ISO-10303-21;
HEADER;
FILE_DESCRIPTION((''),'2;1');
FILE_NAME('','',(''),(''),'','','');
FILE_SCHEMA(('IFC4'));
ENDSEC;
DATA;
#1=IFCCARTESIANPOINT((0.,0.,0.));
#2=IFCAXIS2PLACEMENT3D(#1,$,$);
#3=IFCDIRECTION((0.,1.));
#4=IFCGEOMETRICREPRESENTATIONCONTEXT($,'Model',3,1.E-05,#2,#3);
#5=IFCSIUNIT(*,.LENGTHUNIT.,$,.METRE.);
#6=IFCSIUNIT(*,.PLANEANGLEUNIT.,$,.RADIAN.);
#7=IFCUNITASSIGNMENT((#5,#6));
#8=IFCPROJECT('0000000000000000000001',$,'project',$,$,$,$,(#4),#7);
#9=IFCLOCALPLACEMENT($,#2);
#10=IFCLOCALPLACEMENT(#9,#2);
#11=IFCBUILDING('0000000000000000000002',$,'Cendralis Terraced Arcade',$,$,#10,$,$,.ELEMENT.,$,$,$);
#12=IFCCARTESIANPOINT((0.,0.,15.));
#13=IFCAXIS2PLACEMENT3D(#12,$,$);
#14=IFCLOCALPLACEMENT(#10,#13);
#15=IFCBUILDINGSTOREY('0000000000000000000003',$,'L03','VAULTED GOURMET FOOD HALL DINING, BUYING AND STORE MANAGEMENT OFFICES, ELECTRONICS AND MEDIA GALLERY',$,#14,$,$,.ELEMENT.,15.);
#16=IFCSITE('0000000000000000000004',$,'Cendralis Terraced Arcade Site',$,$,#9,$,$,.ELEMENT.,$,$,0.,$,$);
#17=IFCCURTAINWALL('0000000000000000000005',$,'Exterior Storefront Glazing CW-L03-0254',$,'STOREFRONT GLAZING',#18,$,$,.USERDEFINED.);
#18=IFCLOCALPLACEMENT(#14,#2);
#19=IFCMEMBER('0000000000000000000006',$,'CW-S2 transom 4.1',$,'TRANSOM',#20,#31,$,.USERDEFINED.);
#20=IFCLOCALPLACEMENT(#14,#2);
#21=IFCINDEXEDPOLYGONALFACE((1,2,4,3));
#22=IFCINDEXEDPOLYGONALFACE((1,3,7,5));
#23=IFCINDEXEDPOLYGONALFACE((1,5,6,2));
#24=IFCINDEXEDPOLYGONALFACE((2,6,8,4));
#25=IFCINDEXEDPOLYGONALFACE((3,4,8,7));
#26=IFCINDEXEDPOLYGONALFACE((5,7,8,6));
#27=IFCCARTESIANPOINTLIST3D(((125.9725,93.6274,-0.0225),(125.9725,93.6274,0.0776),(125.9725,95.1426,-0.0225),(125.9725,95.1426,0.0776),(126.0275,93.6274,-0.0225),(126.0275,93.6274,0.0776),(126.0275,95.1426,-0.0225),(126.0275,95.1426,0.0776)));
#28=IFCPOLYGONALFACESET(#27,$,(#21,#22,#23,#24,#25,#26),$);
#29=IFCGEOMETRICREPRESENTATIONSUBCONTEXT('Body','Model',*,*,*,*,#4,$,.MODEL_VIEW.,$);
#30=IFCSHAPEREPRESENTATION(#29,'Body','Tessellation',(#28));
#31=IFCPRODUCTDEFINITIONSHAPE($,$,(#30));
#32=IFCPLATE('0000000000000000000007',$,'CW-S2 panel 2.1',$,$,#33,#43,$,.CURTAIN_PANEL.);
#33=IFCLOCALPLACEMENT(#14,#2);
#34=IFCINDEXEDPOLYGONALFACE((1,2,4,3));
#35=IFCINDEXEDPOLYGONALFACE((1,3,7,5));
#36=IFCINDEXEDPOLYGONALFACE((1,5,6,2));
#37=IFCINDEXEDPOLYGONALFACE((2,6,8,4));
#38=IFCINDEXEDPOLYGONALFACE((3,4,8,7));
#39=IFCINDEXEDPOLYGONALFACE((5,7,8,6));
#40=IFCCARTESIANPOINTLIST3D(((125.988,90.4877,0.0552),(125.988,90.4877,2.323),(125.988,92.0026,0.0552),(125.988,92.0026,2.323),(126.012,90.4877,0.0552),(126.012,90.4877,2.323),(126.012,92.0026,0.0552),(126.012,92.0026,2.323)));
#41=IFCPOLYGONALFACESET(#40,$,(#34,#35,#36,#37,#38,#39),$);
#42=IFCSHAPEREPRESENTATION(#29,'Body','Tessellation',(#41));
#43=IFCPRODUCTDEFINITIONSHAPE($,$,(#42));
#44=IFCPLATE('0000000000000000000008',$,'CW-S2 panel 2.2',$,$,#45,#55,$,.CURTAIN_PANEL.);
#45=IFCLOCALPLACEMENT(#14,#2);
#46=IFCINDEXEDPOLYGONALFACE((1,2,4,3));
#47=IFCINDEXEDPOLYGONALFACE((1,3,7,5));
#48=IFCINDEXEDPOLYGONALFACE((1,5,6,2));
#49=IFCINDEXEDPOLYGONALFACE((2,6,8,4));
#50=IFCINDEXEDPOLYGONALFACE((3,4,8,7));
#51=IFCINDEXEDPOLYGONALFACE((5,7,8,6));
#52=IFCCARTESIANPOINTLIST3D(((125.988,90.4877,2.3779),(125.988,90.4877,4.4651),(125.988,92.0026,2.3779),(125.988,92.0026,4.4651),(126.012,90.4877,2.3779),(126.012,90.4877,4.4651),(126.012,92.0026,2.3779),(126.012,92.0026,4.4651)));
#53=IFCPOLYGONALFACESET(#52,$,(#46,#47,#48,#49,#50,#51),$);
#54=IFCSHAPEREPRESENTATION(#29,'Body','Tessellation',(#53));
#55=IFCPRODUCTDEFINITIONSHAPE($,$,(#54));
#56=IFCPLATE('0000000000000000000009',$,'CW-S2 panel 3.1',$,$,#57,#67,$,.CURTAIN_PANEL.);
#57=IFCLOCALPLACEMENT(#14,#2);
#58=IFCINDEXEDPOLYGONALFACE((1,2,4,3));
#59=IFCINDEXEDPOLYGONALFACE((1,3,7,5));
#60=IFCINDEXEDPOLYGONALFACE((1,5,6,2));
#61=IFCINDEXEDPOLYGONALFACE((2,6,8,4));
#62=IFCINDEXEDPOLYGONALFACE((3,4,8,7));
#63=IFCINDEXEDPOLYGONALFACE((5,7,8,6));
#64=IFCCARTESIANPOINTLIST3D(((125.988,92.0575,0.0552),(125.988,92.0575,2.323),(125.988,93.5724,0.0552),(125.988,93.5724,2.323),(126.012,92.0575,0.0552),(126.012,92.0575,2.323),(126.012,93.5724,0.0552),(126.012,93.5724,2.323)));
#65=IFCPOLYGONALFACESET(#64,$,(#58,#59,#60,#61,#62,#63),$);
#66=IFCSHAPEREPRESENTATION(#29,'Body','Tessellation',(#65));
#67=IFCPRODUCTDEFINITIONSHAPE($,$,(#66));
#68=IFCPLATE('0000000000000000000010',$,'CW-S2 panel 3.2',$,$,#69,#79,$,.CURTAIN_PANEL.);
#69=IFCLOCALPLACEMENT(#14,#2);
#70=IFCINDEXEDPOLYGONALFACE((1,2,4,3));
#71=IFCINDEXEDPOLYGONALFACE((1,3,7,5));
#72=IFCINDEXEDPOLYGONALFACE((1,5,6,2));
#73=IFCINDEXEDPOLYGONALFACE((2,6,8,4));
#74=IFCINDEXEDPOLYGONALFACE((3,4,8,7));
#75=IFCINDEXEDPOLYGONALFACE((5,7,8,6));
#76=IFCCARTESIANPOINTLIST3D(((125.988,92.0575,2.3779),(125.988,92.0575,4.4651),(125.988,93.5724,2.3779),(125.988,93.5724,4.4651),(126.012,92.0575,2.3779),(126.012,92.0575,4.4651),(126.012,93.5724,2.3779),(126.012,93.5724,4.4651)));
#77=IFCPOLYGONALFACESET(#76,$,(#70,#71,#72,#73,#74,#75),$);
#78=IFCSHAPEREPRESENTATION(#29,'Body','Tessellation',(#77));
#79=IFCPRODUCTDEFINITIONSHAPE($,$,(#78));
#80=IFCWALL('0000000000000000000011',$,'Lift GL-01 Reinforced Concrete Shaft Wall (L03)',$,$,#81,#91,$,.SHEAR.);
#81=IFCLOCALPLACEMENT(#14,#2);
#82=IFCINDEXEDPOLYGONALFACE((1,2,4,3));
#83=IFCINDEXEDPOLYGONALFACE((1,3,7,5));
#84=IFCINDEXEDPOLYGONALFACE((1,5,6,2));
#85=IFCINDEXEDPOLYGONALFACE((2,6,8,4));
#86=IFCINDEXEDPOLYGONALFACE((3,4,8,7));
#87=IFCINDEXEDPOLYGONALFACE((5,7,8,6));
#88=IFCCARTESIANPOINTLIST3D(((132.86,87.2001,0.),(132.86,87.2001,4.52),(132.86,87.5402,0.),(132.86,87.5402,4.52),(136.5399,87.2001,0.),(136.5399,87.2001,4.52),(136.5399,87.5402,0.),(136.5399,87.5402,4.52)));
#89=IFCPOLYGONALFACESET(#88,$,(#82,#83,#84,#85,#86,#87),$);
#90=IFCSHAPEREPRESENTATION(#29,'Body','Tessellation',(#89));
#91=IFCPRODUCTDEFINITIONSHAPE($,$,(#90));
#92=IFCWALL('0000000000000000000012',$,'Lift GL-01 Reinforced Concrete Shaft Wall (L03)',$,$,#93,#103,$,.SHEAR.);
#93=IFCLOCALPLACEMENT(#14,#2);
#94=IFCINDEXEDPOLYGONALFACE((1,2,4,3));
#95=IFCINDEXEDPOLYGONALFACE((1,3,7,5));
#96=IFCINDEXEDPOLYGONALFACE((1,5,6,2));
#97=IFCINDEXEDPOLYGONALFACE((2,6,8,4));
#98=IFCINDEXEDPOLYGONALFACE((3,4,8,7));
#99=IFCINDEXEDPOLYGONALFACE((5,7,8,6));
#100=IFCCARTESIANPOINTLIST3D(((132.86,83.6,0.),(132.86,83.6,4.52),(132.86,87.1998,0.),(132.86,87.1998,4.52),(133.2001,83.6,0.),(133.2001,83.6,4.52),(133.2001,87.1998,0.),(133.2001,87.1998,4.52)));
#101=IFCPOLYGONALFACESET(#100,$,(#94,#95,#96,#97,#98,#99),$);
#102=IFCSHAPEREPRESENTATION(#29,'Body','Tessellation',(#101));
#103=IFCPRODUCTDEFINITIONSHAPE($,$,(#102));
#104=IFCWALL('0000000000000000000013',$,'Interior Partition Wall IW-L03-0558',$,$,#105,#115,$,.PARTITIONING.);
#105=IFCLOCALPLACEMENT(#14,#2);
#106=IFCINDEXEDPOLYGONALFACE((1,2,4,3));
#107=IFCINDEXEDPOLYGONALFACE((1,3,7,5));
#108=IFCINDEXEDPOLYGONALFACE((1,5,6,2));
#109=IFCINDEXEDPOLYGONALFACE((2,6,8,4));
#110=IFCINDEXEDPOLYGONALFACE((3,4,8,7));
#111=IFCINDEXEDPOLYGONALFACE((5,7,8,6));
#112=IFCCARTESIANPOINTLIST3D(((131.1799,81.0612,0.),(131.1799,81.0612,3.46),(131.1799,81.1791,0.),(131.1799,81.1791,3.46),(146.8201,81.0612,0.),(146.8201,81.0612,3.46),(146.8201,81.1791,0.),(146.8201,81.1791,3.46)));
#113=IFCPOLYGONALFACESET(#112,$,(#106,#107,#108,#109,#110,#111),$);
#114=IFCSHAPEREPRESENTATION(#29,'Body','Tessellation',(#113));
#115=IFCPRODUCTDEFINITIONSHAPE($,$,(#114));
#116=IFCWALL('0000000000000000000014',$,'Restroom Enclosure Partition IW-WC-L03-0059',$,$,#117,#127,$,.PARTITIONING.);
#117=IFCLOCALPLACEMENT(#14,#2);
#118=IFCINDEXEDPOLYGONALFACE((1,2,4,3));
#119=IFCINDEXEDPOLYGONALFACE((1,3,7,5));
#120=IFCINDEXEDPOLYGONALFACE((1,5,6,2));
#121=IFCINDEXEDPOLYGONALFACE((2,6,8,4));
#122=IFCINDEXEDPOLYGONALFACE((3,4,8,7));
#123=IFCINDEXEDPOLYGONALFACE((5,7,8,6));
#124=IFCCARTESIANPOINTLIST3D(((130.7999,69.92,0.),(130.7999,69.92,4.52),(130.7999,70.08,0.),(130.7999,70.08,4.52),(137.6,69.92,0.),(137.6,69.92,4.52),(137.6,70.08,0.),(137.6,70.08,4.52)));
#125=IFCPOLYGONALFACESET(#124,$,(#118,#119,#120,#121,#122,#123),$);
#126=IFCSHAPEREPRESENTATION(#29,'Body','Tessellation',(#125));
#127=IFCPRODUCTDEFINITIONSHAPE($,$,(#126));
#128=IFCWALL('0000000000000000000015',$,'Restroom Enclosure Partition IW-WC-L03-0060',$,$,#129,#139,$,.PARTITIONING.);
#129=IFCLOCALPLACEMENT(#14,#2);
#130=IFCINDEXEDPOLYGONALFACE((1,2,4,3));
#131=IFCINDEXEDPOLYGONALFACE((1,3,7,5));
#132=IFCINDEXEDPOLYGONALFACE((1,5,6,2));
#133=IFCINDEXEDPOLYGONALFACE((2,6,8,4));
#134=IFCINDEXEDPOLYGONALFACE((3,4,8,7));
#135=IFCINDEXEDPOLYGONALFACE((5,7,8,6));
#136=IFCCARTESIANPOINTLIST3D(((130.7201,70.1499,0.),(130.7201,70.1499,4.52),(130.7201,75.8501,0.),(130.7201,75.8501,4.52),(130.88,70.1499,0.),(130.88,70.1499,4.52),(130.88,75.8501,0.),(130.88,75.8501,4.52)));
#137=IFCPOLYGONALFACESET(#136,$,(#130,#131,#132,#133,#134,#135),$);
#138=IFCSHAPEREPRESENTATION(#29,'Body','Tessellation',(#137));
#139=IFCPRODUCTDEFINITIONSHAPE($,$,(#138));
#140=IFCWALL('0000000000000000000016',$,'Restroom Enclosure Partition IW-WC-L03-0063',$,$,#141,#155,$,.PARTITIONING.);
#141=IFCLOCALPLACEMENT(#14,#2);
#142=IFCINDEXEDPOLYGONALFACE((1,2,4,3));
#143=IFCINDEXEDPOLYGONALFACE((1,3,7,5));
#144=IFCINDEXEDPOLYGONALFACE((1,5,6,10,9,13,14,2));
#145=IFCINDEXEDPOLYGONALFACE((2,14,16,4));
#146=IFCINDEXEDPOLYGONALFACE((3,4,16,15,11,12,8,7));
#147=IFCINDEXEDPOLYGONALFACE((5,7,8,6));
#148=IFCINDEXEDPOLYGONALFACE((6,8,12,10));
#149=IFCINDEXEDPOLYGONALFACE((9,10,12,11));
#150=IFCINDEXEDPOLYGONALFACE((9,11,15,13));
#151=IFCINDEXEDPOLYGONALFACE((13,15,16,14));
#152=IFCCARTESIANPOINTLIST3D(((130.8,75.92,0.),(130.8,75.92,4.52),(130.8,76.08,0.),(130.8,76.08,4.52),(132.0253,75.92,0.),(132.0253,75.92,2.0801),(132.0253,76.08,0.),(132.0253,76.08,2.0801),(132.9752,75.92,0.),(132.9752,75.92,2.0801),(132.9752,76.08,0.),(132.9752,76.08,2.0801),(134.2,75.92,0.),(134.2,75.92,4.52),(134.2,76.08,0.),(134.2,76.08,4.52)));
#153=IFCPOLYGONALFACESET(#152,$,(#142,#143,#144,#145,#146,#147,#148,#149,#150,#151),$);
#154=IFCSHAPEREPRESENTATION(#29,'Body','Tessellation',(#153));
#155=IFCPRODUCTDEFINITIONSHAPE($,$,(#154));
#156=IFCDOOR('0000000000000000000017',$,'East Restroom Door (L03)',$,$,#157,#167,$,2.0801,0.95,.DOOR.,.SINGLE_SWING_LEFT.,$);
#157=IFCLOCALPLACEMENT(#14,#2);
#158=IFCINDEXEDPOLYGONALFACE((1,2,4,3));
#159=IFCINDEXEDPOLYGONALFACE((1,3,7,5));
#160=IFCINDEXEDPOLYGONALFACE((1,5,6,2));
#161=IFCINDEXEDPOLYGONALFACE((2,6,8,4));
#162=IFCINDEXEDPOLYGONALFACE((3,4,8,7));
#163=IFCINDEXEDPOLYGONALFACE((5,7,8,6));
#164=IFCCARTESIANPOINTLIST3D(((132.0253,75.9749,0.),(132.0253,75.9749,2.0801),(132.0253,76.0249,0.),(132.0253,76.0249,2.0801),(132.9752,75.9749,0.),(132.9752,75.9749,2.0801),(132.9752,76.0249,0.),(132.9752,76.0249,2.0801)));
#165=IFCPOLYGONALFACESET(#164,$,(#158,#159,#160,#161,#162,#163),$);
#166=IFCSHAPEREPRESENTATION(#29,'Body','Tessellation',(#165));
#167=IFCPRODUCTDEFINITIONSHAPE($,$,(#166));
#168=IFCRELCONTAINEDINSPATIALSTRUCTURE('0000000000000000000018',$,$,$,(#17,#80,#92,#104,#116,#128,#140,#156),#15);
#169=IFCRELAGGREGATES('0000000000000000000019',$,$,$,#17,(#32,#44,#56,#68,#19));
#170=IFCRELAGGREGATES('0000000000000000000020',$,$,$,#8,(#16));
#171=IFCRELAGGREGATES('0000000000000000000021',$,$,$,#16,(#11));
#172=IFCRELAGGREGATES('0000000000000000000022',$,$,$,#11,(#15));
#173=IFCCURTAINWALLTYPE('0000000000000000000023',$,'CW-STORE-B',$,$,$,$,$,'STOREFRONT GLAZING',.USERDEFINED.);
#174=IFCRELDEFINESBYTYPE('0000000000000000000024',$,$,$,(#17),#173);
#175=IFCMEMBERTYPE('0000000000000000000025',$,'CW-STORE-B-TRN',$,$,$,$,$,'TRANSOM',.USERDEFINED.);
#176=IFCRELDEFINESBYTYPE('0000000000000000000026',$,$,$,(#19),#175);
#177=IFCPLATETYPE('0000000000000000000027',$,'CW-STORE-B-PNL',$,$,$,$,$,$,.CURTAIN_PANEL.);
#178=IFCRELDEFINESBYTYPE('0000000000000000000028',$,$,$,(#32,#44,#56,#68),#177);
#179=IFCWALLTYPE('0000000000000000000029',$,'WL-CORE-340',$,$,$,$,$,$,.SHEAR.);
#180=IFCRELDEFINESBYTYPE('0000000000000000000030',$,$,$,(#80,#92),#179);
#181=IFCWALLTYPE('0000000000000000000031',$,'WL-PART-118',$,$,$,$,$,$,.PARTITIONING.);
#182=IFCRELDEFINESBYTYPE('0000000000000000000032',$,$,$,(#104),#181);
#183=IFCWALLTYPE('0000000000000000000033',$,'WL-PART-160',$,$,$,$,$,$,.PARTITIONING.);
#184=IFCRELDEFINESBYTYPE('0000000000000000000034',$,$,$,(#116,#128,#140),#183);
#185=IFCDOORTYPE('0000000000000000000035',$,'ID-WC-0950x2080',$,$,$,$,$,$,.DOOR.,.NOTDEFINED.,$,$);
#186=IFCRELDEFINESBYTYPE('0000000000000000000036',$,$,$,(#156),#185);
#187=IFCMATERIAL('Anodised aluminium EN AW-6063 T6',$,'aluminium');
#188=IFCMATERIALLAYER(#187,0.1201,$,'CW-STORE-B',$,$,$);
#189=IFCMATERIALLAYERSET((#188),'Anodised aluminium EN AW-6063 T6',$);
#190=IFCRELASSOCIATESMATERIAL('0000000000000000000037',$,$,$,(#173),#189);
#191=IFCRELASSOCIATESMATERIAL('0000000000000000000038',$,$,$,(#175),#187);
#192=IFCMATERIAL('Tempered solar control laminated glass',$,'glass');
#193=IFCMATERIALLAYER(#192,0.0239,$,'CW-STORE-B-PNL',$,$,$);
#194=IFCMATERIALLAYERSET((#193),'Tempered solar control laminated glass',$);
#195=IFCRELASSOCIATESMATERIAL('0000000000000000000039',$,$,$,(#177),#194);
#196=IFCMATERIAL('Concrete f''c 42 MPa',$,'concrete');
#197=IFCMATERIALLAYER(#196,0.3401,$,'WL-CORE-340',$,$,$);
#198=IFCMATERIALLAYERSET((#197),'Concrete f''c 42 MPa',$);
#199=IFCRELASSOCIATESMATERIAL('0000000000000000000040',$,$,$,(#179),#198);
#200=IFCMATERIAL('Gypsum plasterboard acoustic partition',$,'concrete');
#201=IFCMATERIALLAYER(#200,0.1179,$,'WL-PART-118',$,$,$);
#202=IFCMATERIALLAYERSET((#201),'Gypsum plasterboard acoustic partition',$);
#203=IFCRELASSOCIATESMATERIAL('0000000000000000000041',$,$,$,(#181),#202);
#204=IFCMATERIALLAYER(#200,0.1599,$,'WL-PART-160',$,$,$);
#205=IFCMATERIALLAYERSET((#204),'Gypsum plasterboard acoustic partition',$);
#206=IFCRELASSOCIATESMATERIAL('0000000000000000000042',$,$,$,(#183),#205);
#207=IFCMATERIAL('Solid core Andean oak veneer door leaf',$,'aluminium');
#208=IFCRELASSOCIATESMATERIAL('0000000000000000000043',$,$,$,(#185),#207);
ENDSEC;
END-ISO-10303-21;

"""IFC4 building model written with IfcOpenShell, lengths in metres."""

from ifc_helpers import new_model, si_unit, direction, frame, frame_2d, origin, origin_2d, place, context, subcontext, project, spatial, rectangle, extrude, material, layer, layer_set, material_profile, profile_set, type_object, element, fill, aggregate, save


model = new_model("IFC4")

# Units and contexts
model_context = context("Model", 3, precision=1e-05, world=origin(), true_north=direction((0.0, 1.0)))
body_context = subcontext(model_context, "Body", "Model", "MODEL_VIEW")
ifc_project = project(units=[si_unit("LENGTHUNIT", "METRE"), si_unit("PLANEANGLEUNIT", "RADIAN")], contexts=[model_context])

# Site, building, storey
site_placement = place(None, origin())
site = spatial("IfcSite", under=ifc_project, at=site_placement, Name="Cendralis Terraced Arcade Site", CompositionType="ELEMENT", RefElevation=0.0)
building_placement = place(site_placement, origin())
building = spatial("IfcBuilding", under=site, at=building_placement, Name="Cendralis Terraced Arcade", CompositionType="ELEMENT")
storey_placement = place(building_placement, frame((0.0, 0.0, 15.0)))
storey = spatial("IfcBuildingStorey", under=building, at=storey_placement, Name="L03", Description="VAULTED GOURMET FOOD HALL DINING, BUYING AND STORE MANAGEMENT OFFICES, ELECTRONICS AND MEDIA GALLERY", CompositionType="ELEMENT", Elevation=15.0)

# Shared definitions
ifc_material_1 = material(Name="Concrete f'c 42 MPa", Category="concrete")

# Shared definitions
ifc_material_2 = material(Name="Anodised aluminium EN AW-6063 T6", Category="aluminium")
ifc_layer_1 = layer(ifc_material_2, 0.1201, Name="CW-STORE-B")
ifc_layer_set_1 = layer_set([ifc_layer_1], Name="Anodised aluminium EN AW-6063 T6")
curtain_wall_type = type_object("IfcCurtainWallType", Name="CW-STORE-B", ElementType="STOREFRONT GLAZING", PredefinedType="USERDEFINED", material=ifc_layer_set_1)

# Curtain wall, member, plates
curtain_wall_1_placement = place(storey_placement, origin())
curtain_wall_1 = element("IfcCurtainWall", 1, at=curtain_wall_1_placement, inside=storey, type_object=curtain_wall_type, Name="Exterior Storefront Glazing CW-L03-0254", ObjectType="STOREFRONT GLAZING", PredefinedType="USERDEFINED")
ifc_material_profile_1 = material_profile(ifc_material_2, rectangle(XDim=0.0549, YDim=0.1001, at=origin_2d()), Name="ALU-TRN-55x100")
ifc_profile_set_1 = profile_set([ifc_material_profile_1], Name="Anodised aluminium EN AW-6063 T6")
member_type_1 = type_object("IfcMemberType", Name="CW-STORE-B-TRN", ElementType="TRANSOM", PredefinedType="USERDEFINED", material=ifc_profile_set_1)
member_1_placement = place(storey_placement, frame((126.0, 93.6274, 0.0276), z_axis=(0.0, 1.0, 0.0), x_axis=(-1.0, 0.0, 0.0)))
member_1 = element("IfcMember", 2, at=member_1_placement, type_object=member_type_1, Name="CW-S2 transom 4.1", ObjectType="TRANSOM", PredefinedType="USERDEFINED", context=body_context, shape_type="SweptSolid", body=[
    extrude(rectangle(XDim=0.0549, YDim=0.1001, at=origin_2d()), origin(), (0.0, 0.0, 1.0), 1.5151),
])
ifc_material_3 = material(Name="Tempered solar control laminated glass", Category="glass")
ifc_layer_2 = layer(ifc_material_3, 0.0239, Name="CW-STORE-B-PNL")
ifc_layer_set_2 = layer_set([ifc_layer_2], Name="Tempered solar control laminated glass")
plate_type = type_object("IfcPlateType", Name="CW-STORE-B-PNL", PredefinedType="CURTAIN_PANEL", material=ifc_layer_set_2)
plate_1_placement = place(storey_placement, frame((126.0, 91.2451, 0.0552), z_axis=(0.0, 0.0, 1.0), x_axis=(0.0, 1.0, 0.0)))
plate_1 = element("IfcPlate", 3, at=plate_1_placement, type_object=plate_type, Name="CW-S2 panel 2.1", PredefinedType="CURTAIN_PANEL", context=body_context, shape_type="SweptSolid", body=[
    extrude(rectangle(XDim=1.5149, YDim=0.0239, at=origin_2d()), origin(), (0.0, 0.0, 1.0), 2.2678),
])
plate_2_placement = place(storey_placement, frame((126.0, 91.2451, 2.3779), z_axis=(0.0, 0.0, 1.0), x_axis=(0.0, 1.0, 0.0)))
plate_2 = element("IfcPlate", 4, at=plate_2_placement, type_object=plate_type, Name="CW-S2 panel 2.2", PredefinedType="CURTAIN_PANEL", context=body_context, shape_type="SweptSolid", body=[
    extrude(rectangle(XDim=1.5149, YDim=0.0239, at=origin_2d()), origin(), (0.0, 0.0, 1.0), 2.0872),
])
plate_3_placement = place(storey_placement, frame((126.0, 92.8149, 0.0552), z_axis=(0.0, 0.0, 1.0), x_axis=(0.0, 1.0, 0.0)))
plate_3 = element("IfcPlate", 5, at=plate_3_placement, type_object=plate_type, Name="CW-S2 panel 3.1", PredefinedType="CURTAIN_PANEL", context=body_context, shape_type="SweptSolid", body=[
    extrude(rectangle(XDim=1.5149, YDim=0.0239, at=origin_2d()), origin(), (0.0, 0.0, 1.0), 2.2678),
])
plate_4_placement = place(storey_placement, frame((126.0, 92.8149, 2.3779), z_axis=(0.0, 0.0, 1.0), x_axis=(0.0, 1.0, 0.0)))
plate_4 = element("IfcPlate", 6, at=plate_4_placement, type_object=plate_type, Name="CW-S2 panel 3.2", PredefinedType="CURTAIN_PANEL", context=body_context, shape_type="SweptSolid", body=[
    extrude(rectangle(XDim=1.5149, YDim=0.0239, at=origin_2d()), origin(), (0.0, 0.0, 1.0), 2.0872),
])
aggregate(curtain_wall_1, [plate_1, plate_2, plate_3, plate_4, member_1])

# Shared definitions
ifc_layer_3 = layer(ifc_material_1, 0.3401, Name="WL-CORE-340")
ifc_layer_set_3 = layer_set([ifc_layer_3], Name="Concrete f'c 42 MPa")
wall_type_1 = type_object("IfcWallType", Name="WL-CORE-340", PredefinedType="SHEAR", material=ifc_layer_set_3)

# Walls
wall_1_placement = place(storey_placement, frame((132.8601, 87.3701, 0.0), z_axis=(0.0, 0.0, 1.0), x_axis=(1.0, 0.0, 0.0)))
element("IfcWall", 7, at=wall_1_placement, inside=storey, type_object=wall_type_1, Name="Lift GL-01 Reinforced Concrete Shaft Wall (L03)", PredefinedType="SHEAR", context=body_context, shape_type="SweptSolid", body=[
    extrude(rectangle(XDim=3.6799, YDim=0.3401, at=frame_2d((1.8398, 0.0))), origin(), (0.0, 0.0, 1.0), 4.52),
])
wall_2_placement = place(storey_placement, frame((133.03, 83.6001, 0.0), z_axis=(0.0, 0.0, 1.0), x_axis=(0.0, 1.0, 0.0)))
element("IfcWall", 8, at=wall_2_placement, inside=storey, type_object=wall_type_1, Name="Lift GL-01 Reinforced Concrete Shaft Wall (L03)", PredefinedType="SHEAR", context=body_context, shape_type="SweptSolid", body=[
    extrude(rectangle(XDim=3.5999, YDim=0.3401, at=frame_2d((1.7998, 0.0))), origin(), (0.0, 0.0, 1.0), 4.52),
])
ifc_material_4 = material(Name="Gypsum plasterboard acoustic partition", Category="concrete")
ifc_layer_4 = layer(ifc_material_4, 0.1179, Name="WL-PART-118")
ifc_layer_set_4 = layer_set([ifc_layer_4], Name="Gypsum plasterboard acoustic partition")
wall_type_2 = type_object("IfcWallType", Name="WL-PART-118", PredefinedType="PARTITIONING", material=ifc_layer_set_4)
wall_3_placement = place(storey_placement, frame((131.1799, 81.1201, 0.0), z_axis=(0.0, 0.0, 1.0), x_axis=(1.0, 0.0, 0.0)))
element("IfcWall", 9, at=wall_3_placement, inside=storey, type_object=wall_type_2, Name="Interior Partition Wall IW-L03-0558", PredefinedType="PARTITIONING", context=body_context, shape_type="SweptSolid", body=[
    extrude(rectangle(XDim=15.6401, YDim=0.1179, at=frame_2d((7.8201, 0.0))), origin(), (0.0, 0.0, 1.0), 3.46),
])
ifc_layer_5 = layer(ifc_material_4, 0.1599, Name="WL-PART-160")
ifc_layer_set_5 = layer_set([ifc_layer_5], Name="Gypsum plasterboard acoustic partition")
wall_type_3 = type_object("IfcWallType", Name="WL-PART-160", PredefinedType="PARTITIONING", material=ifc_layer_set_5)
wall_4_placement = place(storey_placement, frame((130.8, 70.0, 0.0), z_axis=(0.0, 0.0, 1.0), x_axis=(1.0, 0.0, 0.0)))
element("IfcWall", 10, at=wall_4_placement, inside=storey, type_object=wall_type_3, Name="Restroom Enclosure Partition IW-WC-L03-0059", PredefinedType="PARTITIONING", context=body_context, shape_type="SweptSolid", body=[
    extrude(rectangle(XDim=6.8, YDim=0.1599, at=frame_2d((3.3999, 0.0))), origin(), (0.0, 0.0, 1.0), 4.52),
])
wall_5_placement = place(storey_placement, frame((130.8, 70.1499, 0.0), z_axis=(0.0, 0.0, 1.0), x_axis=(0.0, 1.0, 0.0)))
element("IfcWall", 11, at=wall_5_placement, inside=storey, type_object=wall_type_3, Name="Restroom Enclosure Partition IW-WC-L03-0060", PredefinedType="PARTITIONING", context=body_context, shape_type="SweptSolid", body=[
    extrude(rectangle(XDim=5.7002, YDim=0.1599, at=frame_2d((2.8501, 0.0))), origin(), (0.0, 0.0, 1.0), 4.52),
])

# Wall, opening, door
wall_6_placement = place(storey_placement, frame((130.8, 76.0, 0.0), z_axis=(0.0, 0.0, 1.0), x_axis=(1.0, 0.0, 0.0)))
wall_6 = element("IfcWall", 12, at=wall_6_placement, inside=storey, type_object=wall_type_3, Name="Restroom Enclosure Partition IW-WC-L03-0063", PredefinedType="PARTITIONING", context=body_context, shape_type="SweptSolid", body=[
    extrude(rectangle(XDim=3.3999, YDim=0.1599, at=frame_2d((1.7, 0.0))), origin(), (0.0, 0.0, 1.0), 4.52),
])
opening_1_placement = place(wall_6_placement, frame((1.2251, 0.0, 0.0)))
opening_1 = element("IfcOpeningElement", 13, at=opening_1_placement, cuts=wall_6, PredefinedType="OPENING", context=body_context, shape_type="SweptSolid", body=[
    extrude(rectangle(XDim=0.95, YDim=2.0801, at=frame_2d((0.4751, 1.04))), frame((0.0, 0.0918, 0.0), z_axis=(0.0, -1.0, 0.0), x_axis=(1.0, 0.0, 0.0)), (0.0, 0.0, 1.0), 0.1838),
])
ifc_material_5 = material(Name="Solid core Andean oak veneer door leaf", Category="aluminium")
door_type_1 = type_object("IfcDoorType", Name="ID-WC-0950x2080", OperationType="NOTDEFINED", PredefinedType="DOOR", material=ifc_material_5)
door_1_placement = place(opening_1_placement, origin())
door_1 = element("IfcDoor", 14, at=door_1_placement, inside=storey, type_object=door_type_1, Name="East Restroom Door (L03)", OperationType="SINGLE_SWING_LEFT", OverallHeight=2.0801, OverallWidth=0.95, PredefinedType="DOOR", context=body_context, shape_type="SweptSolid", body=[
    extrude(rectangle(XDim=0.95, YDim=2.0801, at=frame_2d((0.4751, 1.04))), frame((0.0, 0.0249, 0.0), z_axis=(0.0, -1.0, 0.0), x_axis=(1.0, 0.0, 0.0)), (0.0, 0.0, 1.0), 0.05),
])
fill(opening_1, door_1)

save(model, "model.ifc")
